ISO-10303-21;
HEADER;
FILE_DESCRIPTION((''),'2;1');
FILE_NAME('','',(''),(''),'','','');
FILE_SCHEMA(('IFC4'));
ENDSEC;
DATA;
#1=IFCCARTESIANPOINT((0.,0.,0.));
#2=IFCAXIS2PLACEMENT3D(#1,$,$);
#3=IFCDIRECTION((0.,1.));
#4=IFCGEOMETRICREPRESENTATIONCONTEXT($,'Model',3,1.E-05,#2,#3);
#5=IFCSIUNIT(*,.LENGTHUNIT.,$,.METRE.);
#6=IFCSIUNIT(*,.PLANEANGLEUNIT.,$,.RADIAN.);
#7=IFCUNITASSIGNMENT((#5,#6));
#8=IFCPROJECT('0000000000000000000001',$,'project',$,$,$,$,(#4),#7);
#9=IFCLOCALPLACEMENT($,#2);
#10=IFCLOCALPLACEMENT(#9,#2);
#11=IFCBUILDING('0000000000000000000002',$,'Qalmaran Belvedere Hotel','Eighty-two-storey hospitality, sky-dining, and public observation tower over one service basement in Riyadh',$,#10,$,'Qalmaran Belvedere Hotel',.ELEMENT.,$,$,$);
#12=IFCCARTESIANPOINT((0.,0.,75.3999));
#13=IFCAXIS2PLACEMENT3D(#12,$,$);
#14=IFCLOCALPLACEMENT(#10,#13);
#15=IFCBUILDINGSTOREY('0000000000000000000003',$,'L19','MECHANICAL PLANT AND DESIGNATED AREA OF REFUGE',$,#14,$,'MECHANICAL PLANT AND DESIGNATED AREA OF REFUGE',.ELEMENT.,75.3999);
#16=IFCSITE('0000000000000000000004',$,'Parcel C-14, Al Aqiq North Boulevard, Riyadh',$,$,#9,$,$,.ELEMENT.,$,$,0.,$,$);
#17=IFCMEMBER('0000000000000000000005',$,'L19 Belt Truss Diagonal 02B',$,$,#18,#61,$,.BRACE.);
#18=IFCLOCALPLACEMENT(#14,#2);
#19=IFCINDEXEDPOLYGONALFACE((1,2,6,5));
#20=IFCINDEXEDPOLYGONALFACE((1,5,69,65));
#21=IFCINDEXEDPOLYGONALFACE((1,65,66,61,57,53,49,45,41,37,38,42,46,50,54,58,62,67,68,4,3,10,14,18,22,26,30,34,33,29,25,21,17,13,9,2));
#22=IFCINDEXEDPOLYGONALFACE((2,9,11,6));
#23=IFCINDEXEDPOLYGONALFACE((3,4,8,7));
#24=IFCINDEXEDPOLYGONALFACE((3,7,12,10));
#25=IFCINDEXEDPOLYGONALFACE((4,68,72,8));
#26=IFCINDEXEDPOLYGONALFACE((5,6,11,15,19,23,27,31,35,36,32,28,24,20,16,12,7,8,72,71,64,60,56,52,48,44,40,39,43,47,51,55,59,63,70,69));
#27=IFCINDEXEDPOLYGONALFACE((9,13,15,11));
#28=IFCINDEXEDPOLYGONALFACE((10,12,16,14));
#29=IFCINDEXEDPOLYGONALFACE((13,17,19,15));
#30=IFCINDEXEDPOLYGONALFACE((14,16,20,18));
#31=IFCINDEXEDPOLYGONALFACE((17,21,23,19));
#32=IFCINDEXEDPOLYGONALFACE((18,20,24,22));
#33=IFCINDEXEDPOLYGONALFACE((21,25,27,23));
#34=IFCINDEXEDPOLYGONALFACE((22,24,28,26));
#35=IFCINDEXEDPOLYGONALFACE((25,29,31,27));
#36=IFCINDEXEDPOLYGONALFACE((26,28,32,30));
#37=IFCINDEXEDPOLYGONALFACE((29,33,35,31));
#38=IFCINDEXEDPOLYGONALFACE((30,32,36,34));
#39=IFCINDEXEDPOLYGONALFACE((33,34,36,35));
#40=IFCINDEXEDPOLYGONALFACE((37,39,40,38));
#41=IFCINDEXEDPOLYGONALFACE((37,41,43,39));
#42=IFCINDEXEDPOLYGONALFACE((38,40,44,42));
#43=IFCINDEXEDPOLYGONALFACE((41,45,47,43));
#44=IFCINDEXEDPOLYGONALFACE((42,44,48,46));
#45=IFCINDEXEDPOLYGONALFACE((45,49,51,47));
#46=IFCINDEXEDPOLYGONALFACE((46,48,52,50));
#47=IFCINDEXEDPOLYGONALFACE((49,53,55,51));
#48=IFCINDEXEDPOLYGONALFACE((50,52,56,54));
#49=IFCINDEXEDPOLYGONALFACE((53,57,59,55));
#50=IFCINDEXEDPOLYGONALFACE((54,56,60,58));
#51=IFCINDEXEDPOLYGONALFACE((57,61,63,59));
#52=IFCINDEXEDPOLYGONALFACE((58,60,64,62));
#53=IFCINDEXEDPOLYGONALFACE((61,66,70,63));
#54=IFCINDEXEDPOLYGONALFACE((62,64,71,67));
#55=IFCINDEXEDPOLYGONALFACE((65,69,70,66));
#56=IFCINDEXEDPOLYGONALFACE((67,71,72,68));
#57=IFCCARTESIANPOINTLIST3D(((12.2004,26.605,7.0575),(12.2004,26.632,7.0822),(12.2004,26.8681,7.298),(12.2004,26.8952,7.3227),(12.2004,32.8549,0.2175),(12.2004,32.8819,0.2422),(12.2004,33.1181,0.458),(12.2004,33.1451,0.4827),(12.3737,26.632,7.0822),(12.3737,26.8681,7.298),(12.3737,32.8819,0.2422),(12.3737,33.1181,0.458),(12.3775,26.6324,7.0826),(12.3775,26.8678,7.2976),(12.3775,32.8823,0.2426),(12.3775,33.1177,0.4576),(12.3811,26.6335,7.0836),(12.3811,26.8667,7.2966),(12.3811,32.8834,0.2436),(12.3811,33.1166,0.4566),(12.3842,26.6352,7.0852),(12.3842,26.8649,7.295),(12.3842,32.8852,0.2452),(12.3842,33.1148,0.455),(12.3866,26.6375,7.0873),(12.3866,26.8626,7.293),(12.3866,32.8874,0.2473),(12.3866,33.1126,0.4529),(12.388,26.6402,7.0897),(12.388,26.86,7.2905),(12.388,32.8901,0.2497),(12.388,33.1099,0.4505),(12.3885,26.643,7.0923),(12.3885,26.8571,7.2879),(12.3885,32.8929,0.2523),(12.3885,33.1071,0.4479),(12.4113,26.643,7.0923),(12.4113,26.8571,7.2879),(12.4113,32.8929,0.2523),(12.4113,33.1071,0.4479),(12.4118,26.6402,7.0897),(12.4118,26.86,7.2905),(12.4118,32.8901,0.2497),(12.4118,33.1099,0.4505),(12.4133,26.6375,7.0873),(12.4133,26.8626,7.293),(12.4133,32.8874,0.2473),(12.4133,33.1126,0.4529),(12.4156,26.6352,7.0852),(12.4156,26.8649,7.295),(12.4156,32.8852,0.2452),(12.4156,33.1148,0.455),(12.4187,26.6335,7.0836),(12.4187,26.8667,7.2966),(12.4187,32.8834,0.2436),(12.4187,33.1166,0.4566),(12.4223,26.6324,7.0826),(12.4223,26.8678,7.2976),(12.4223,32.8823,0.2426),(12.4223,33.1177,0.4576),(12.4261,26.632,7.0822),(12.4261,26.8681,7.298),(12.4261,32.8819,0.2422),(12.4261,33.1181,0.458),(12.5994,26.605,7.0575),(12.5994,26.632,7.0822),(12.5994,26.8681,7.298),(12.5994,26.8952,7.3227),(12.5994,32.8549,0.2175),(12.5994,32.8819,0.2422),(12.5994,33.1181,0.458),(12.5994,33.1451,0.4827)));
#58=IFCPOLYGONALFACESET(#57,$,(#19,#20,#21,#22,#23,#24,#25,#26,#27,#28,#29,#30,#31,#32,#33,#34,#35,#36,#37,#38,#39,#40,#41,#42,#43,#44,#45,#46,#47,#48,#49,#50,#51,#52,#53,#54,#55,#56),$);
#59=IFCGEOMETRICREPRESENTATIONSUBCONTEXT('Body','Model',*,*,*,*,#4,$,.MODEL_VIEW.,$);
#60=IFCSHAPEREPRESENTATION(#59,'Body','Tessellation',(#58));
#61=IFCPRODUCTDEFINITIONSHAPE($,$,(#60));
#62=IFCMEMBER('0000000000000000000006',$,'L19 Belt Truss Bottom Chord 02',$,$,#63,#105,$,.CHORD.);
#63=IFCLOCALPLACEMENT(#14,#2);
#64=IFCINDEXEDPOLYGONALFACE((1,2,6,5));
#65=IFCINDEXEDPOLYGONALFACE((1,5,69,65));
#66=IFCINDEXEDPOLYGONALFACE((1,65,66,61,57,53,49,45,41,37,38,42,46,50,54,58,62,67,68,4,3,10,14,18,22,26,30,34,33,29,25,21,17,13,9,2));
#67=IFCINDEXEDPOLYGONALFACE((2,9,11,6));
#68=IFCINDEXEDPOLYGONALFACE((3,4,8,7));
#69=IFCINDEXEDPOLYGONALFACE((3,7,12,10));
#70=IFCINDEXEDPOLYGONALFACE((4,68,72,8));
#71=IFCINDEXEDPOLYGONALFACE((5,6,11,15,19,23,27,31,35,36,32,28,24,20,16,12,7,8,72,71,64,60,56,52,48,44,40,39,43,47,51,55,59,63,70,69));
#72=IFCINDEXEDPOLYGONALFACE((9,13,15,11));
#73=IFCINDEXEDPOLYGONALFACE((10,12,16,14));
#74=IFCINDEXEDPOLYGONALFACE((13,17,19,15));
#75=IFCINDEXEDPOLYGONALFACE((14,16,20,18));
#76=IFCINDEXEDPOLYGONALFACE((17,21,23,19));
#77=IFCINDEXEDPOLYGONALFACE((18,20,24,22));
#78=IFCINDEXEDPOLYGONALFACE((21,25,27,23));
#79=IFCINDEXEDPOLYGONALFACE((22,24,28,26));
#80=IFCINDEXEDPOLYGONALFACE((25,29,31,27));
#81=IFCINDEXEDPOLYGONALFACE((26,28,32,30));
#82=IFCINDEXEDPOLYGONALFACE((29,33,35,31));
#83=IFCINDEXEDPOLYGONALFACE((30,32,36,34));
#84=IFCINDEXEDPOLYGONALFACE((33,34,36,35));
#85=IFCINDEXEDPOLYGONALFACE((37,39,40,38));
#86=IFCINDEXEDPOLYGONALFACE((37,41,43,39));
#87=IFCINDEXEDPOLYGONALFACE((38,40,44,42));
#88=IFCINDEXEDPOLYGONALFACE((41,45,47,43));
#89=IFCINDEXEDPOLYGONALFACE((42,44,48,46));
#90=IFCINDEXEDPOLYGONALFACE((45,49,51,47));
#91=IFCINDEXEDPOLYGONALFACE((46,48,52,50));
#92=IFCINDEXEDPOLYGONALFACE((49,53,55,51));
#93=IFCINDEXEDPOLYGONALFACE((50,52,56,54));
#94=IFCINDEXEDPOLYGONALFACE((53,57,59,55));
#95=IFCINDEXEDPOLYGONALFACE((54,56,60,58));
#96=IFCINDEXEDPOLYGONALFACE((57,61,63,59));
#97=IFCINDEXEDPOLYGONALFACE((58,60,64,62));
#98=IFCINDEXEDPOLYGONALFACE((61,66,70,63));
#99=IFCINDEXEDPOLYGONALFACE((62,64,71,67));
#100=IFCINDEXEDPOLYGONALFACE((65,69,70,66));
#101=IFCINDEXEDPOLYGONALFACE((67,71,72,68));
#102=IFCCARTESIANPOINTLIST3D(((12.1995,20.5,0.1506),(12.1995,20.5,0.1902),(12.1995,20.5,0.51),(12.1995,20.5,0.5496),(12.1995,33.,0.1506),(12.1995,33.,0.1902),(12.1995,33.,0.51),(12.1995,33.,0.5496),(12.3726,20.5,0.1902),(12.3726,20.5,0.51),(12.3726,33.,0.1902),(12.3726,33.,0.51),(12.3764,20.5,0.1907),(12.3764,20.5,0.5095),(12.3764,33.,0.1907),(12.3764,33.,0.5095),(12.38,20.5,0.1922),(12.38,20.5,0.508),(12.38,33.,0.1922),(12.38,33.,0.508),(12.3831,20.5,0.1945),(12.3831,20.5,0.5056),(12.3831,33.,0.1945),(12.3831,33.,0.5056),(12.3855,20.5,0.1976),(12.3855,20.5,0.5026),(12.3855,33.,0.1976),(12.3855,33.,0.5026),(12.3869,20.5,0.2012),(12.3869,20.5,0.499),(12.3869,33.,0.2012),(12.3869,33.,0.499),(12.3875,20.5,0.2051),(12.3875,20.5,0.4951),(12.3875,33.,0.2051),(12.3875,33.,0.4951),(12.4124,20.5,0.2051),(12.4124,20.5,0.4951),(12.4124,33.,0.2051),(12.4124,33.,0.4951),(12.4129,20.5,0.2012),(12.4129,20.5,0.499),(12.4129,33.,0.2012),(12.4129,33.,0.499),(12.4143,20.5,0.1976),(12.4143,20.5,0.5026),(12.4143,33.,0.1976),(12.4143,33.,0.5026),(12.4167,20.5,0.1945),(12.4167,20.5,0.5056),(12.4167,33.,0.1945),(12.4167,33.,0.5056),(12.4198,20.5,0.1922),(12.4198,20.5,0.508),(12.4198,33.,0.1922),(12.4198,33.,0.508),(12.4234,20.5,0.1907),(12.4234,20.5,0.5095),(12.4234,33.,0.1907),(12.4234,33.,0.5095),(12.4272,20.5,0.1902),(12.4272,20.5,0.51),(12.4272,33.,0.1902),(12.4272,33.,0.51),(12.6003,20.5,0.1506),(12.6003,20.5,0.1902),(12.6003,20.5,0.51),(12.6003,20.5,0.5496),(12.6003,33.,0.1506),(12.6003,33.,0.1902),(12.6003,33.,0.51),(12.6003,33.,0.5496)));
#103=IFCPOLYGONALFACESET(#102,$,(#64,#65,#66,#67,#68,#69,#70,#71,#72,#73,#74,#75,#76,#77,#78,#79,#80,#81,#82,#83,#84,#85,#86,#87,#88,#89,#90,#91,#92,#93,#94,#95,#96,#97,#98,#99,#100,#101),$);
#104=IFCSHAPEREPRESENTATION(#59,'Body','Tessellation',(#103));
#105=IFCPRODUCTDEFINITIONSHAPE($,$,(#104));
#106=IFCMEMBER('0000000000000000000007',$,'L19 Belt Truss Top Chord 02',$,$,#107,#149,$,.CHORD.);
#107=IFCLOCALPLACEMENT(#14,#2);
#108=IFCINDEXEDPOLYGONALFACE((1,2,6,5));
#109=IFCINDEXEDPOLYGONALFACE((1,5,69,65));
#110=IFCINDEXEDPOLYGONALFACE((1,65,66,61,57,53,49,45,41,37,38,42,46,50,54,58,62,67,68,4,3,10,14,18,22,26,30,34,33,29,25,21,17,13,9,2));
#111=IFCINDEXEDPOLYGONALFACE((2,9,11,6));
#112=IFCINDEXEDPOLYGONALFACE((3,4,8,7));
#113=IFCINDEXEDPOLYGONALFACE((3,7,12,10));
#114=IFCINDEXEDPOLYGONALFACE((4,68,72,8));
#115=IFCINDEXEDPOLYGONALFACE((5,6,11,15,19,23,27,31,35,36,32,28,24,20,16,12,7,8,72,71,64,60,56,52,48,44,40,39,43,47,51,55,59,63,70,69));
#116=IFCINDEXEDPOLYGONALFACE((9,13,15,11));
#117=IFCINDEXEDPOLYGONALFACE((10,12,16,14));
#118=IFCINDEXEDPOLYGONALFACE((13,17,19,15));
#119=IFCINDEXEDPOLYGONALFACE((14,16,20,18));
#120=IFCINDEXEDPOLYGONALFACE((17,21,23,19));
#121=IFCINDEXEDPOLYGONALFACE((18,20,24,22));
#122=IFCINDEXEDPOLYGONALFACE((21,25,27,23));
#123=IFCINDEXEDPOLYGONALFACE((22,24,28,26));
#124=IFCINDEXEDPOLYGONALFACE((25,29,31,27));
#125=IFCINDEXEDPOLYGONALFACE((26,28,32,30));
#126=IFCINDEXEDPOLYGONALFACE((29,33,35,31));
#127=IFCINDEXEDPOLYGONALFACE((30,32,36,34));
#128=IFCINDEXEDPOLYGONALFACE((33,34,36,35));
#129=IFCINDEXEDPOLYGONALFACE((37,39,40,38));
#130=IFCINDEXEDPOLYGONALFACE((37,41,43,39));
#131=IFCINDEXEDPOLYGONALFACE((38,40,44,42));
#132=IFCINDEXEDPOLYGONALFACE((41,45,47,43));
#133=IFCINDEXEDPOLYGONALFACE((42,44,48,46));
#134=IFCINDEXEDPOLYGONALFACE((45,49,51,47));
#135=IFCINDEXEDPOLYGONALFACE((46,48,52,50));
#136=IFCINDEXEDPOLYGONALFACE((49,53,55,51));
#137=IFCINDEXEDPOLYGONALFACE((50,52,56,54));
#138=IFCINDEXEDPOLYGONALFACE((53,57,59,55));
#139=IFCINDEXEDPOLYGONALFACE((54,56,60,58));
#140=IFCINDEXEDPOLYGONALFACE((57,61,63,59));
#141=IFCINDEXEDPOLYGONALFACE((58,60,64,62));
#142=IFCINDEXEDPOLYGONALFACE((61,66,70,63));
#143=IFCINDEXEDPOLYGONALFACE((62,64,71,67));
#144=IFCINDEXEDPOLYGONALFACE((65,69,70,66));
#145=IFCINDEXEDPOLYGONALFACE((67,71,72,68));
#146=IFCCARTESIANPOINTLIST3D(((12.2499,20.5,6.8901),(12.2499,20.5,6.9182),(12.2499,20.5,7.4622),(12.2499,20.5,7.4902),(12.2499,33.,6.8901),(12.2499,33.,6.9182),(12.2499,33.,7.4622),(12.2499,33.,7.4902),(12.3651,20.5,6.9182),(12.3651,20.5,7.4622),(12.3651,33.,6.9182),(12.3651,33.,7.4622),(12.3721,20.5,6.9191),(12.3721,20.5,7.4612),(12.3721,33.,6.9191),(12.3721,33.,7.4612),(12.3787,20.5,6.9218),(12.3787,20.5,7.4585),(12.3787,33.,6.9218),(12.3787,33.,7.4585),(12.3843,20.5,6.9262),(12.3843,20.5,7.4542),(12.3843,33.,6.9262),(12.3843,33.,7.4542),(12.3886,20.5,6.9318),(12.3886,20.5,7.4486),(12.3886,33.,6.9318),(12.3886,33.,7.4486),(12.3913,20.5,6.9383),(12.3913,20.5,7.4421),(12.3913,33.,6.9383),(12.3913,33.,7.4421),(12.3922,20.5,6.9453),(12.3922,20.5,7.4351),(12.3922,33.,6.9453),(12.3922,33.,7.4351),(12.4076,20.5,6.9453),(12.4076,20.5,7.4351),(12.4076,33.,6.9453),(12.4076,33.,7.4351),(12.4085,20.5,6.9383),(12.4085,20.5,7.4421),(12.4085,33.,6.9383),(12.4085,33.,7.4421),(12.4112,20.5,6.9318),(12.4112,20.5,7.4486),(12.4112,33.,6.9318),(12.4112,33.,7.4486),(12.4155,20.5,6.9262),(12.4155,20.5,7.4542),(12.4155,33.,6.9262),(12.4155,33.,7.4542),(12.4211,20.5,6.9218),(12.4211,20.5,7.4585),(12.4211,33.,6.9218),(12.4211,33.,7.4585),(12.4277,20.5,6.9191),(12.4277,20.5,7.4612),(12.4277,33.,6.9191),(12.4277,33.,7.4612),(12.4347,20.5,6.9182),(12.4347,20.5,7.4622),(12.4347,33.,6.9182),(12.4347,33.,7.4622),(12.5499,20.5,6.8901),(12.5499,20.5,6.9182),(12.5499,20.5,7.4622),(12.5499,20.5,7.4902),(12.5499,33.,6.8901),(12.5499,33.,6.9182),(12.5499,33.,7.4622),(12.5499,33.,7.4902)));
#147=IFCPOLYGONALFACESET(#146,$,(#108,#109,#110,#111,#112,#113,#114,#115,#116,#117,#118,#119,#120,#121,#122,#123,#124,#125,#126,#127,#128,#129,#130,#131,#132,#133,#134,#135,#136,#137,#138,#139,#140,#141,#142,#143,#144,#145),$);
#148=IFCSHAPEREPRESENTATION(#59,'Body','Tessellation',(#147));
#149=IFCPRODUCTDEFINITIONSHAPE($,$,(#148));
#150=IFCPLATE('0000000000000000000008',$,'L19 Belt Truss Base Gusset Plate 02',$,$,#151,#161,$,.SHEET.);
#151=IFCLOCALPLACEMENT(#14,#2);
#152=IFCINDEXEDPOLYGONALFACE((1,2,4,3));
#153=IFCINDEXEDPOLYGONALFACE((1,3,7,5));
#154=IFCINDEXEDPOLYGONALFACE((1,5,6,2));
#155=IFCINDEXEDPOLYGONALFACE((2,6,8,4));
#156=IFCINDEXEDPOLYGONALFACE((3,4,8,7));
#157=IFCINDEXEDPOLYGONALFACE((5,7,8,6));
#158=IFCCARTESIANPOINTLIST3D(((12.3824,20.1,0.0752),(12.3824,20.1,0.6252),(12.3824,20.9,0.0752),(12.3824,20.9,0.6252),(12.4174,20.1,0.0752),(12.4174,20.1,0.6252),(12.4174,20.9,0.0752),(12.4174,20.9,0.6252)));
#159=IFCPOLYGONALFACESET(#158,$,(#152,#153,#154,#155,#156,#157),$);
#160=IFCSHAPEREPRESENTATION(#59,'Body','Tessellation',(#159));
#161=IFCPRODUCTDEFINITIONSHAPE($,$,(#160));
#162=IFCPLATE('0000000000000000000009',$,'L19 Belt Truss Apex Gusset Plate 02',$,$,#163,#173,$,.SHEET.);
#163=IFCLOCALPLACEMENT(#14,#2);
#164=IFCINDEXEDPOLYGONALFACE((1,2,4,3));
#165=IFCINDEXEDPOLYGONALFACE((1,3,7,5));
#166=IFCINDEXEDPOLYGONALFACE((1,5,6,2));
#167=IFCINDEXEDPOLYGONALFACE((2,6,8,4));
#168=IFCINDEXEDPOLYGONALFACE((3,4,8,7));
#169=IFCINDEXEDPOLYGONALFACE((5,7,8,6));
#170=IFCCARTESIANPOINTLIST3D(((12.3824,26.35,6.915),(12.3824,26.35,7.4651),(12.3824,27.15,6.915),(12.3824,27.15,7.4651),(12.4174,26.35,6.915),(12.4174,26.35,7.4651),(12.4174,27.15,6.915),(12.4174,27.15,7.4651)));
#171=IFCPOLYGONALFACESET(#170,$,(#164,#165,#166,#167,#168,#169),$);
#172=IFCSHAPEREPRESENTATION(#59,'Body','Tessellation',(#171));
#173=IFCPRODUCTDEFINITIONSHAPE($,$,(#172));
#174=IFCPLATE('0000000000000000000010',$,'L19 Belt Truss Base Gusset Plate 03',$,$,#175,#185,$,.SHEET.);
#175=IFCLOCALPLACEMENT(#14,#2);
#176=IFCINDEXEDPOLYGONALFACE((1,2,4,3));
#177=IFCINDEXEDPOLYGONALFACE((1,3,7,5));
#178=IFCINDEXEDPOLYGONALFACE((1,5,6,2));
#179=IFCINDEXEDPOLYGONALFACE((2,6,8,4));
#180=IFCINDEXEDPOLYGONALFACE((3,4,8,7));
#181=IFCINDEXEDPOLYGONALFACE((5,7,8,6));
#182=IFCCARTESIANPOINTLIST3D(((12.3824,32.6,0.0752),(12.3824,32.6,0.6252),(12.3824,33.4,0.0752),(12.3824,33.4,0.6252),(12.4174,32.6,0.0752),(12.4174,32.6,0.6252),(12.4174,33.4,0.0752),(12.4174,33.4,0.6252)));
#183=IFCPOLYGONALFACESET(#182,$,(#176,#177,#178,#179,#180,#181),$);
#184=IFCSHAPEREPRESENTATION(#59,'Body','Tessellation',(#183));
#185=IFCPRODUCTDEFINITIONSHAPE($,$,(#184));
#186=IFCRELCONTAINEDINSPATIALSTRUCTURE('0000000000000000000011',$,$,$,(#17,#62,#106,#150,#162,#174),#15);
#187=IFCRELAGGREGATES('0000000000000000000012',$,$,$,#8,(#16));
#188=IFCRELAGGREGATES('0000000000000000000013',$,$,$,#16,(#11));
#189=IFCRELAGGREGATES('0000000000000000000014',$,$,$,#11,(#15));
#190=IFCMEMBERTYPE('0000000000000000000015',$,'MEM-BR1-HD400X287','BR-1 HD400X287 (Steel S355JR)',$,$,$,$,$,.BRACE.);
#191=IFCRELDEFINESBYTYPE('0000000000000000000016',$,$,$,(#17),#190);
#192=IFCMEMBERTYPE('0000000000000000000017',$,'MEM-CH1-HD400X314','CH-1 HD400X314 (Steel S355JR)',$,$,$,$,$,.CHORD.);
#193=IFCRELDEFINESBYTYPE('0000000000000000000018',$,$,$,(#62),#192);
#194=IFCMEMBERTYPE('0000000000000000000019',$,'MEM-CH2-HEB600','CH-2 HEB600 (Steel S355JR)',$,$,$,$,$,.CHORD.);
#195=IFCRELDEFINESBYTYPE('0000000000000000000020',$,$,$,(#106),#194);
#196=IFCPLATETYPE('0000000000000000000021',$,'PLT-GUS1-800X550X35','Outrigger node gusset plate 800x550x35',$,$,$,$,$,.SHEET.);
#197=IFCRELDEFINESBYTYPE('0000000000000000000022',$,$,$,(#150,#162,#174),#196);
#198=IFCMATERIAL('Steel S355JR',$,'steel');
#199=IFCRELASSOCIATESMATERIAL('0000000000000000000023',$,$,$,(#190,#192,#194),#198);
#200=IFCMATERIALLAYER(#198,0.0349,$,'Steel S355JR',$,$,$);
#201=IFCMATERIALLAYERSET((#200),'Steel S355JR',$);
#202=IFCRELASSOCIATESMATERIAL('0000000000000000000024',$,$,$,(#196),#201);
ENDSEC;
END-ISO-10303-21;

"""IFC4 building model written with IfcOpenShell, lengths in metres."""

from ifc_helpers import new_model, si_unit, direction, frame, origin, origin_2d, place, context, subcontext, project, spatial, rectangle, i_section, extrude, material, layer, layer_set, material_profile, profile_set, type_object, element, save


model = new_model("IFC4")

# Units and contexts
model_context = context("Model", 3, precision=1e-05, world=origin(), true_north=direction((0.0, 1.0)))
body_context = subcontext(model_context, "Body", "Model", "MODEL_VIEW")
ifc_project = project(units=[si_unit("LENGTHUNIT", "METRE"), si_unit("PLANEANGLEUNIT", "RADIAN")], contexts=[model_context])

# Site, building, storey
site_placement = place(None, origin())
site = spatial("IfcSite", under=ifc_project, at=site_placement, Name="Parcel C-14, Al Aqiq North Boulevard, Riyadh", CompositionType="ELEMENT", RefElevation=0.0)
building_placement = place(site_placement, origin())
building = spatial("IfcBuilding", under=site, at=building_placement, Name="Qalmaran Belvedere Hotel", Description="Eighty-two-storey hospitality, sky-dining, and public observation tower over one service basement in Riyadh", LongName="Qalmaran Belvedere Hotel", CompositionType="ELEMENT")
storey_placement = place(building_placement, frame((0.0, 0.0, 75.3999)))
storey = spatial("IfcBuildingStorey", under=building, at=storey_placement, Name="L19", Description="MECHANICAL PLANT AND DESIGNATED AREA OF REFUGE", LongName="MECHANICAL PLANT AND DESIGNATED AREA OF REFUGE", CompositionType="ELEMENT", Elevation=75.3999)

# Shared definitions
ifc_material_1 = material(Name="Steel S355JR", Category="steel")

# Members
ifc_material_profile_1 = material_profile(ifc_material_1, i_section(OverallWidth=0.3989, OverallDepth=0.3931, WebThickness=0.0227, FlangeThickness=0.0366, FilletRadius=0.0149, at=origin_2d()), Name="HD400X287")
ifc_profile_set_1 = profile_set([ifc_material_profile_1], Name="Steel S355JR")
member_type_1 = type_object("IfcMemberType", Name="MEM-BR1-HD400X287", Description="BR-1 HD400X287 (Steel S355JR)", PredefinedType="BRACE", material=ifc_profile_set_1)
for number, where, z_axis, x_axis, name in (
    (1, (12.3999, 33.0, 0.3501), (0.0, -0.674546, 0.738233), (1.0, 0.0, 0.0), "L19 Belt Truss Diagonal 02B"),
):
    element("IfcMember", number, at=place(storey_placement, frame(where, z_axis=z_axis, x_axis=x_axis)), inside=storey, type_object=member_type_1, Name=name, PredefinedType="BRACE", context=body_context, shape_type="SweptSolid", body=[
        extrude(i_section(OverallWidth=0.3989, OverallDepth=0.3931, WebThickness=0.0227, FlangeThickness=0.0366, FilletRadius=0.0149, at=origin_2d()), origin(), (0.0, 0.0, 1.0), 9.2654),
    ])
ifc_material_profile_2 = material_profile(ifc_material_1, i_section(OverallWidth=0.4009, OverallDepth=0.3989, WebThickness=0.0249, FlangeThickness=0.0396, FilletRadius=0.0149, at=origin_2d()), Name="HD400X314")
ifc_profile_set_2 = profile_set([ifc_material_profile_2], Name="Steel S355JR")
member_type_2 = type_object("IfcMemberType", Name="MEM-CH1-HD400X314", Description="CH-1 HD400X314 (Steel S355JR)", PredefinedType="CHORD", material=ifc_profile_set_2)
member_1_placement = place(storey_placement, frame((12.3999, 20.5, 0.3501), z_axis=(0.0, 1.0, 0.0), x_axis=(-1.0, 0.0, 0.0)))
element("IfcMember", 2, at=member_1_placement, inside=storey, type_object=member_type_2, Name="L19 Belt Truss Bottom Chord 02", PredefinedType="CHORD", context=body_context, shape_type="SweptSolid", body=[
    extrude(i_section(OverallWidth=0.4009, OverallDepth=0.3989, WebThickness=0.0249, FlangeThickness=0.0396, FilletRadius=0.0149, at=origin_2d()), origin(), (0.0, 0.0, 1.0), 12.5),
])
ifc_material_profile_3 = material_profile(ifc_material_1, i_section(OverallWidth=0.3, OverallDepth=0.6001, WebThickness=0.0154, FlangeThickness=0.0281, FilletRadius=0.0271, at=origin_2d()), Name="HEB600")
ifc_profile_set_3 = profile_set([ifc_material_profile_3], Name="Steel S355JR")
member_type_3 = type_object("IfcMemberType", Name="MEM-CH2-HEB600", Description="CH-2 HEB600 (Steel S355JR)", PredefinedType="CHORD", material=ifc_profile_set_3)
member_2_placement = place(storey_placement, frame((12.3999, 20.5, 7.1902), z_axis=(0.0, 1.0, 0.0), x_axis=(-1.0, 0.0, 0.0)))
element("IfcMember", 3, at=member_2_placement, inside=storey, type_object=member_type_3, Name="L19 Belt Truss Top Chord 02", PredefinedType="CHORD", context=body_context, shape_type="SweptSolid", body=[
    extrude(i_section(OverallWidth=0.3, OverallDepth=0.6001, WebThickness=0.0154, FlangeThickness=0.0281, FilletRadius=0.0271, at=origin_2d()), origin(), (0.0, 0.0, 1.0), 12.5),
])

# Plates
ifc_layer_1 = layer(ifc_material_1, 0.0349, Name="Steel S355JR")
ifc_layer_set_1 = layer_set([ifc_layer_1], Name="Steel S355JR")
plate_type = type_object("IfcPlateType", Name="PLT-GUS1-800X550X35", Description="Outrigger node gusset plate 800x550x35", PredefinedType="SHEET", material=ifc_layer_set_1)
for number, where, z_axis, x_axis, name in (
    (4, (12.3999, 20.5, 0.0752), (0.0, 0.0, 1.0), (0.0, 1.0, 0.0), "L19 Belt Truss Base Gusset Plate 02"),
    (5, (12.3999, 26.75, 6.915), (0.0, 0.0, 1.0), (0.0, 1.0, 0.0), "L19 Belt Truss Apex Gusset Plate 02"),
    (6, (12.3999, 33.0, 0.0752), (0.0, 0.0, 1.0), (0.0, 1.0, 0.0), "L19 Belt Truss Base Gusset Plate 03"),
):
    element("IfcPlate", number, at=place(storey_placement, frame(where, z_axis=z_axis, x_axis=x_axis)), inside=storey, type_object=plate_type, Name=name, PredefinedType="SHEET", context=body_context, shape_type="SweptSolid", body=[
        extrude(rectangle(XDim=0.8, YDim=0.0349, at=origin_2d()), origin(), (0.0, 0.0, 1.0), 0.55),
    ])

save(model, "model.ifc")
